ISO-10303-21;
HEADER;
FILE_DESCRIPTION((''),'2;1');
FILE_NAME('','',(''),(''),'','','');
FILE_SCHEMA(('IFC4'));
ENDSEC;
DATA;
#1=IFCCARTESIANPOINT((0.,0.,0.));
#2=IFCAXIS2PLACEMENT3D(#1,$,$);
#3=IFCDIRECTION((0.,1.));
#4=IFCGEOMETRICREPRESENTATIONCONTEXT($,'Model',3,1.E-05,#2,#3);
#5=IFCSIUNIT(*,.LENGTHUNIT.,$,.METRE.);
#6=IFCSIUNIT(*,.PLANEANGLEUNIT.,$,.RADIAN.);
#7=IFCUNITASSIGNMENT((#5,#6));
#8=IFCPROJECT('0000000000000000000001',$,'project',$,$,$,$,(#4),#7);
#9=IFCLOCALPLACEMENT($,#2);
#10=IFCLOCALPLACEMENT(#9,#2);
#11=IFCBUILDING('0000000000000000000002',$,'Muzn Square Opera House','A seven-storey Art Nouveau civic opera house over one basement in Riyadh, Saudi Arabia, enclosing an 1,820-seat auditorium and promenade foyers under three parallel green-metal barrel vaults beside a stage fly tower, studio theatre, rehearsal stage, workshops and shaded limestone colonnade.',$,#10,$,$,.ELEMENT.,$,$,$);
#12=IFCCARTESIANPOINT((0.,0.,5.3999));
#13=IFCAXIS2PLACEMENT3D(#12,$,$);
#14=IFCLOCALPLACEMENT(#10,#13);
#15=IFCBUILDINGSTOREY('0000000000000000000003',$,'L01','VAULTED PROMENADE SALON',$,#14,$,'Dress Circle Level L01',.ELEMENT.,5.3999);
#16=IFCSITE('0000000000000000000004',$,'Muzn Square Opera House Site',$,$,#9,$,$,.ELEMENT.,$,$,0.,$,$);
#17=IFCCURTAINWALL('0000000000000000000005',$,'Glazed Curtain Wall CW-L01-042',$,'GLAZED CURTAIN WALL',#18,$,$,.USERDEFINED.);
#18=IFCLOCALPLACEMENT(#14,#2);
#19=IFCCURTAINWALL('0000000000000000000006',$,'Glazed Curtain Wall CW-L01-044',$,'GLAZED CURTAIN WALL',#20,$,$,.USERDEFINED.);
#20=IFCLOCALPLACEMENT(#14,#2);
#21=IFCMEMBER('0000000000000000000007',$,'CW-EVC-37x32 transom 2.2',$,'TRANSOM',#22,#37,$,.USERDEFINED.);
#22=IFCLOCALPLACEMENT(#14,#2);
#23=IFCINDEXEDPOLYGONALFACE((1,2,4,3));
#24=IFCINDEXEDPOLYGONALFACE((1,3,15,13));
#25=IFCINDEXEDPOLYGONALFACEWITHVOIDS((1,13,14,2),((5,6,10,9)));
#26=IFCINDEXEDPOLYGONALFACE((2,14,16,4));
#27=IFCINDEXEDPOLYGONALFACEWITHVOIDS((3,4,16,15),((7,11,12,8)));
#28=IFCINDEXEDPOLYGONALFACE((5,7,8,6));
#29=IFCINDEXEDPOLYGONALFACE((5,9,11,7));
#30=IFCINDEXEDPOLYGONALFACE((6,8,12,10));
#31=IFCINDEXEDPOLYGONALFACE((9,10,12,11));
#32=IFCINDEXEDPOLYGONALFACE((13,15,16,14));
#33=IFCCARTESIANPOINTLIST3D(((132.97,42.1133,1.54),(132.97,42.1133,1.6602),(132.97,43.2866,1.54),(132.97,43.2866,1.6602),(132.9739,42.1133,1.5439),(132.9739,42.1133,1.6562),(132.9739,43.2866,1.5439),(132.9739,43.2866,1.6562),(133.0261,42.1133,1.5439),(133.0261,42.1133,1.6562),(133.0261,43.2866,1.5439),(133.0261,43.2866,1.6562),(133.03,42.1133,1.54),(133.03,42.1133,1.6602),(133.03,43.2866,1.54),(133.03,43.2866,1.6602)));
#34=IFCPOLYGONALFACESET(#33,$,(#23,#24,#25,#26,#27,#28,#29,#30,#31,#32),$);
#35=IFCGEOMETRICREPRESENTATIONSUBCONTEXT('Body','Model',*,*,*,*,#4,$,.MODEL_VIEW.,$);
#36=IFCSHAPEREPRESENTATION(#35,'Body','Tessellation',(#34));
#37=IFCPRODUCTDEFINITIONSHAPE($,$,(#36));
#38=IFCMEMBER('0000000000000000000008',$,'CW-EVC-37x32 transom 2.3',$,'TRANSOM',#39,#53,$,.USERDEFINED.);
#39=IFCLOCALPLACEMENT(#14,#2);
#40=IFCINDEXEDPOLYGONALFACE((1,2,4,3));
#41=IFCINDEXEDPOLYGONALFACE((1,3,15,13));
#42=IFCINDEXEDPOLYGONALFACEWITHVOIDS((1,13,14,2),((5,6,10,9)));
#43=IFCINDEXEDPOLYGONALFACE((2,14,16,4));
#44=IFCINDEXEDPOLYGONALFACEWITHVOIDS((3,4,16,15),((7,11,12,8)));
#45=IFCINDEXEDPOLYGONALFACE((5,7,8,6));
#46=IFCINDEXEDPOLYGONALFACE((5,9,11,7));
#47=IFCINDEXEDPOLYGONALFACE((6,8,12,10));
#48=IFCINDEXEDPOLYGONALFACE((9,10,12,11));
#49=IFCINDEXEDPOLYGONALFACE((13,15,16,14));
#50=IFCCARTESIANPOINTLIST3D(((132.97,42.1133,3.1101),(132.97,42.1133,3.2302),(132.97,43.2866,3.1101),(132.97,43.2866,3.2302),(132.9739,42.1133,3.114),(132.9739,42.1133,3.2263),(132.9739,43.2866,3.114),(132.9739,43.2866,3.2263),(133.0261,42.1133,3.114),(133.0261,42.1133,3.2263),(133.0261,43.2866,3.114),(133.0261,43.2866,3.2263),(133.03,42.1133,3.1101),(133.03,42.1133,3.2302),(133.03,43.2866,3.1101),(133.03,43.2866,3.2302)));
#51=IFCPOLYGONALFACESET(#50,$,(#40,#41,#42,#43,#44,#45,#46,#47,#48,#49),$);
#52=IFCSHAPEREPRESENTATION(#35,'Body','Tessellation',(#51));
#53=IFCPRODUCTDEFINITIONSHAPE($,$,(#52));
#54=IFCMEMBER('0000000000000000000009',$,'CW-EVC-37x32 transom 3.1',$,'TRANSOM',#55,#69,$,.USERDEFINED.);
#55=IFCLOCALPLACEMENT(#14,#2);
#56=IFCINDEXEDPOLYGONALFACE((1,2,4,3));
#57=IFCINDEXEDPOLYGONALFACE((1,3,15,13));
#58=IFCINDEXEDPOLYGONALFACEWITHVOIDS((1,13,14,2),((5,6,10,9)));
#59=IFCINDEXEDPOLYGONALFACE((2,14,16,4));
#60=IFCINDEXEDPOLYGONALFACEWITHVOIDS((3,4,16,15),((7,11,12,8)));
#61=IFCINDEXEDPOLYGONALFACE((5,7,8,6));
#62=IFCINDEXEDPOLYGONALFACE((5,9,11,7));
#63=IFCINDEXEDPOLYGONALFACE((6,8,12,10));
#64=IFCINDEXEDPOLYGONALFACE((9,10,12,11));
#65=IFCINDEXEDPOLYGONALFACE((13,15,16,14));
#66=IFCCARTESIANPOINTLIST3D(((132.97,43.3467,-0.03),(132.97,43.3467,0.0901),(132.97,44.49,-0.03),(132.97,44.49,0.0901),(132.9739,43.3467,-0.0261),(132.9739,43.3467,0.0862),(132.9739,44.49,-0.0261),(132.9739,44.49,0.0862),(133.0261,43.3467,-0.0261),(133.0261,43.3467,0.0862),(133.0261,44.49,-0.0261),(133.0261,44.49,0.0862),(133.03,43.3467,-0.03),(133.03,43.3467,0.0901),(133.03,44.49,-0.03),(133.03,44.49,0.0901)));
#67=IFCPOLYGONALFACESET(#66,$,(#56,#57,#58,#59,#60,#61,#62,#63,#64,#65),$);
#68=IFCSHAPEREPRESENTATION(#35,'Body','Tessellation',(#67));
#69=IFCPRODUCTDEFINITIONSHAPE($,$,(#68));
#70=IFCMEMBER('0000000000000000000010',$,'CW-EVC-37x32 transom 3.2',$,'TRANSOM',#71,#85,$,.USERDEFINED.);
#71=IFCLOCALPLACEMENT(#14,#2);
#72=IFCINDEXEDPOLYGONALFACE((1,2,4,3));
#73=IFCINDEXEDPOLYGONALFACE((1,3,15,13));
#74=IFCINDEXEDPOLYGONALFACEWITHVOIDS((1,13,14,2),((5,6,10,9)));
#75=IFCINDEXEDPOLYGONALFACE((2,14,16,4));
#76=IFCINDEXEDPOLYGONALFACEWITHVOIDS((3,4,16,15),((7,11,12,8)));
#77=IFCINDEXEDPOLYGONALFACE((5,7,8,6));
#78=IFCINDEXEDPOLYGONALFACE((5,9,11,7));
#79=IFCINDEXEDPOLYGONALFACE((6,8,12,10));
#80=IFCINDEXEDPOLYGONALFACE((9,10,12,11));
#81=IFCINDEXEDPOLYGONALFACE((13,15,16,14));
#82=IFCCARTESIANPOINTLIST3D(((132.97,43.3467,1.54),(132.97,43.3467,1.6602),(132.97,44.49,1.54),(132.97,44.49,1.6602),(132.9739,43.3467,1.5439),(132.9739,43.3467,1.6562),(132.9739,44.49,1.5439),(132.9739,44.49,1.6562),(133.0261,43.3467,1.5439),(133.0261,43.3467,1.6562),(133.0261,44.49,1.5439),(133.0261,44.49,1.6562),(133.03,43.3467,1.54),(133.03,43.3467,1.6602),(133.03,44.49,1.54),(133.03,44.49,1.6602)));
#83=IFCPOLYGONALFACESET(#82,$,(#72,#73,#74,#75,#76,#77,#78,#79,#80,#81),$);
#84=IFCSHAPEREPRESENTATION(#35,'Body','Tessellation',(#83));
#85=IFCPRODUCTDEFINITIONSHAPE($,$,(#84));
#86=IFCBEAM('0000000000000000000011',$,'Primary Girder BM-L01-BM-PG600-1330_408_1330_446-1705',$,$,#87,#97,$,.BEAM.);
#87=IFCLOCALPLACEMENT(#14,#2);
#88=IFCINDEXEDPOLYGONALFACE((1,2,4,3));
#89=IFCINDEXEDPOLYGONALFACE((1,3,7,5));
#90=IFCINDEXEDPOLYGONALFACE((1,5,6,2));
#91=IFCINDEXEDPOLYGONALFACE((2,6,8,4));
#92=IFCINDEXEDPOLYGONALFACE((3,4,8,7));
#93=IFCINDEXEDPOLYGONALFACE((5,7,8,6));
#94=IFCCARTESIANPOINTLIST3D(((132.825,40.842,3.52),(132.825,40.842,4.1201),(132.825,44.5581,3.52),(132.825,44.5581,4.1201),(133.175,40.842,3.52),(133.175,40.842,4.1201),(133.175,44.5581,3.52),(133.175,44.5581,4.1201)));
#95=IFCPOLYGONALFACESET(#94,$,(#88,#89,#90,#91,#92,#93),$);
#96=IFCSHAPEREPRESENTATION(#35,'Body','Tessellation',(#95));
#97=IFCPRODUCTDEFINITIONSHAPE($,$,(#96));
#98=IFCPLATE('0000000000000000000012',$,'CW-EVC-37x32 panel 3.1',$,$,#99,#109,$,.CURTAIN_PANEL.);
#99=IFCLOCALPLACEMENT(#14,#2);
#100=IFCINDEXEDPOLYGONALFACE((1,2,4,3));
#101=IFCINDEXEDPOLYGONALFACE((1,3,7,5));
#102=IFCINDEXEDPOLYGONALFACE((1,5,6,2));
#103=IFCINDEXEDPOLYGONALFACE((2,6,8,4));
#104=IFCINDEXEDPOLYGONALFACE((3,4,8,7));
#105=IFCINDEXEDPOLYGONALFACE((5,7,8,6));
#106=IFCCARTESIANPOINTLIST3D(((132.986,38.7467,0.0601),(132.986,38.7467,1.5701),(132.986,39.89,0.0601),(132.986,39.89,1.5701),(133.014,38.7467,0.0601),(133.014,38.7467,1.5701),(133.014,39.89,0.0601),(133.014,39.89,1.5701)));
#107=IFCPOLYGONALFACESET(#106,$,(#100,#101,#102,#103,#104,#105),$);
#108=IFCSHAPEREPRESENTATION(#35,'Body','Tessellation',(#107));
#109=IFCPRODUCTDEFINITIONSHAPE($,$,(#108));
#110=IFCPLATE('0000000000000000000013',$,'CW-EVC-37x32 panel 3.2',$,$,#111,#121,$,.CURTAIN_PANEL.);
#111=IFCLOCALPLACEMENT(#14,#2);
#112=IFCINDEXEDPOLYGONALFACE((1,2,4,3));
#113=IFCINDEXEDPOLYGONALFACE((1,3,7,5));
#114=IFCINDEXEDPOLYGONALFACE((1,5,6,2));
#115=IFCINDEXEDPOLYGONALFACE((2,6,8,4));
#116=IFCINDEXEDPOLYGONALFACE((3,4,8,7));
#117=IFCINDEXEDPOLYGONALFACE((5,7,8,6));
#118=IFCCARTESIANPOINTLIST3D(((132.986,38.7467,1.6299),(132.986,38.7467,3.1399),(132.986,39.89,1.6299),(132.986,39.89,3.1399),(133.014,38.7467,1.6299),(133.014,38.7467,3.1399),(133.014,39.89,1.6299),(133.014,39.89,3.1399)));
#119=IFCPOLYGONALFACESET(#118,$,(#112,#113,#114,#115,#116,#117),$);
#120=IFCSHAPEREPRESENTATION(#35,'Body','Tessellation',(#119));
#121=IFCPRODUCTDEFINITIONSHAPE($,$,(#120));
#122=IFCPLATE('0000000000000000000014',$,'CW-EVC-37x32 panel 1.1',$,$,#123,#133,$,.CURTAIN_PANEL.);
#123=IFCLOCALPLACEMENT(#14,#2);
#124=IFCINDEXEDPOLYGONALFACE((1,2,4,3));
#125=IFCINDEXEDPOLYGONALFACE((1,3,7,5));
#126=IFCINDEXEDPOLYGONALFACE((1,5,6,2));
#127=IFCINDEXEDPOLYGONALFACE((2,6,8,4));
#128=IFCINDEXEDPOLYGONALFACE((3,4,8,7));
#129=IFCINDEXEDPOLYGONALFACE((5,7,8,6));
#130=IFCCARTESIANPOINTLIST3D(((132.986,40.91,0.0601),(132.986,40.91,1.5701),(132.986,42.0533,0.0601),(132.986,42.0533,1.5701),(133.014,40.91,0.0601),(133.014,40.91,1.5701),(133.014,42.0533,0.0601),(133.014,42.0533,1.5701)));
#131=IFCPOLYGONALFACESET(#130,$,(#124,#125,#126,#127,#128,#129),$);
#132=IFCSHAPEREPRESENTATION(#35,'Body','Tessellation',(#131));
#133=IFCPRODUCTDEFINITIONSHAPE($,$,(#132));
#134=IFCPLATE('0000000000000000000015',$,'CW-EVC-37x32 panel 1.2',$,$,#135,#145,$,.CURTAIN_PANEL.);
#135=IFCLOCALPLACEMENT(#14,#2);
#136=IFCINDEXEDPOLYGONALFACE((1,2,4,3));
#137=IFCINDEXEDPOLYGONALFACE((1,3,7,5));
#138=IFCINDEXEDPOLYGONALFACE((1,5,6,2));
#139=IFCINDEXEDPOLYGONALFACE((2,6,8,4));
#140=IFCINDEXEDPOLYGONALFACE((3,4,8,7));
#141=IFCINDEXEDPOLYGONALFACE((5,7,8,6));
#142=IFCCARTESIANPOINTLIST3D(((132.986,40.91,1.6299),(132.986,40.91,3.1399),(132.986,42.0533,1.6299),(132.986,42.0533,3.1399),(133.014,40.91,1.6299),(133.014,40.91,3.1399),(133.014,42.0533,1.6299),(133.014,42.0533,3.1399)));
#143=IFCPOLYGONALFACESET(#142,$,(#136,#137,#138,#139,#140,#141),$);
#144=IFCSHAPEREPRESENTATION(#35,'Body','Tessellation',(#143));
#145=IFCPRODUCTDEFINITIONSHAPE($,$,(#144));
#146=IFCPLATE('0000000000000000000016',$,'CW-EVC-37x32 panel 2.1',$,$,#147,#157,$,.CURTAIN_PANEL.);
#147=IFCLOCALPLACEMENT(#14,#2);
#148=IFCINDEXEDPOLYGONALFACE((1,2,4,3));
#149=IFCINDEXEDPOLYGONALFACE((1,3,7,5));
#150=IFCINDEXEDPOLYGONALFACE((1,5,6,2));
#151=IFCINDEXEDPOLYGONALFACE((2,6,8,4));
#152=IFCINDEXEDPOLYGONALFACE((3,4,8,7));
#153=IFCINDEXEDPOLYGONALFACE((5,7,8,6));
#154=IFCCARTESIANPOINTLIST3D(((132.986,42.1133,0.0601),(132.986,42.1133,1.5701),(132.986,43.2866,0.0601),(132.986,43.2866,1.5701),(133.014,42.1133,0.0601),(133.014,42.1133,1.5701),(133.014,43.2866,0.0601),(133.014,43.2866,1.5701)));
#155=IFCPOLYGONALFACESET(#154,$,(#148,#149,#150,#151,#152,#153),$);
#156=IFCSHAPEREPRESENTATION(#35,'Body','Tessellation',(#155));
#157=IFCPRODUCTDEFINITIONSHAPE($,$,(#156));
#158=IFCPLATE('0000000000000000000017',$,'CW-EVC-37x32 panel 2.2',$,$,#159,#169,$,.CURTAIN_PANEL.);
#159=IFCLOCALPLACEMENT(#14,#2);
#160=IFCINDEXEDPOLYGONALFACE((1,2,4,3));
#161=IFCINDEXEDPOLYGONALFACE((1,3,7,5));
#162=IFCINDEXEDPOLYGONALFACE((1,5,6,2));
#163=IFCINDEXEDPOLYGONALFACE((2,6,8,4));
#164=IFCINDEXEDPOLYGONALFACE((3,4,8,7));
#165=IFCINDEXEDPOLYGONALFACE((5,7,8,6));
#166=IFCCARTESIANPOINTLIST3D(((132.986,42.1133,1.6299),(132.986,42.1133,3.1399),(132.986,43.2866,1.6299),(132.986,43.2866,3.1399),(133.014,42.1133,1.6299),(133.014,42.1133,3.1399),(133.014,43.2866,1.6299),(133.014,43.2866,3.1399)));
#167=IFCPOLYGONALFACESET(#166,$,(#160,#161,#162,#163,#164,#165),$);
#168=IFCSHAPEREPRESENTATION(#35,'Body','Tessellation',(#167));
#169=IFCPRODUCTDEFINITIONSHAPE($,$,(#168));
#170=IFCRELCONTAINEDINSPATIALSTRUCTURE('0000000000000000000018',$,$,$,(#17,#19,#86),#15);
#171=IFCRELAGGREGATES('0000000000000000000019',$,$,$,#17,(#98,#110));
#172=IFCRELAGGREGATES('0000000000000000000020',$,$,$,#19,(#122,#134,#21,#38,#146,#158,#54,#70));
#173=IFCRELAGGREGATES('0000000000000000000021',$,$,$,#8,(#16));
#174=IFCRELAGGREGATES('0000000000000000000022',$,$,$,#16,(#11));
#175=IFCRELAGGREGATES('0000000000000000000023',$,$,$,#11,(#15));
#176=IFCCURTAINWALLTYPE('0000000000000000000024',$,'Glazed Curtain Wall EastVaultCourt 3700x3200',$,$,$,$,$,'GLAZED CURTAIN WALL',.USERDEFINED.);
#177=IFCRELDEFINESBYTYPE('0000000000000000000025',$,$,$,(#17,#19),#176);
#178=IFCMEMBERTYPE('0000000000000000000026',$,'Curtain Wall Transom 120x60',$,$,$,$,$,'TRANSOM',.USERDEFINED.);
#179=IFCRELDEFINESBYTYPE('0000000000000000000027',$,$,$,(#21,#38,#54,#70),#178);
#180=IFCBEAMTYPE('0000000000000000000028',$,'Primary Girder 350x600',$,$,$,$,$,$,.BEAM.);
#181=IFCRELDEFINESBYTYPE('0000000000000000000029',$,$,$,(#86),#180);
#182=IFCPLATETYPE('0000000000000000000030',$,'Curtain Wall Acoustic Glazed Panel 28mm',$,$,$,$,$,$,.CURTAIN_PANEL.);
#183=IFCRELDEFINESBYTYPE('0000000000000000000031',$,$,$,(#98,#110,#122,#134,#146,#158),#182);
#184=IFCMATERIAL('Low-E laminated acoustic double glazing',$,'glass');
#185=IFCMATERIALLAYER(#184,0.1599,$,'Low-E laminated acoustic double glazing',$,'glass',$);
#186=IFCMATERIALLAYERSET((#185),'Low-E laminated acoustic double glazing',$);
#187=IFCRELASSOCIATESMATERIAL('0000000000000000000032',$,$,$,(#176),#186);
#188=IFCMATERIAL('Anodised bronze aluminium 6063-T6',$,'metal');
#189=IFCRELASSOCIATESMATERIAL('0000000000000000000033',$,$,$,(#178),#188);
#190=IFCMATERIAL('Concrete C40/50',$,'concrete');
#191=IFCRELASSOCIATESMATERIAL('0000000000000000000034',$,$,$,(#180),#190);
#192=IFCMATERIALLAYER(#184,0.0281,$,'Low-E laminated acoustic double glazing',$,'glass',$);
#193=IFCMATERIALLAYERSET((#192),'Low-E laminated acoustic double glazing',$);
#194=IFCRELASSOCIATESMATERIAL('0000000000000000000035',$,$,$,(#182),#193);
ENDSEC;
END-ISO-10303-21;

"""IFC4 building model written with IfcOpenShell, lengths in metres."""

from ifc_helpers import new_model, si_unit, direction, frame, origin, origin_2d, place, context, subcontext, project, spatial, rectangle, hollow_rectangle, extrude, material, layer, layer_set, material_profile, profile_set, type_object, element, aggregate, save


model = new_model("IFC4")

# Units and contexts
model_context = context("Model", 3, precision=1e-05, world=origin(), true_north=direction((0.0, 1.0)))
body_context = subcontext(model_context, "Body", "Model", "MODEL_VIEW")
ifc_project = project(units=[si_unit("LENGTHUNIT", "METRE"), si_unit("PLANEANGLEUNIT", "RADIAN")], contexts=[model_context])

# Site, building, storey
site_placement = place(None, origin())
site = spatial("IfcSite", under=ifc_project, at=site_placement, Name="Muzn Square Opera House Site", CompositionType="ELEMENT", RefElevation=0.0)
building_placement = place(site_placement, origin())
building = spatial("IfcBuilding", under=site, at=building_placement, Name="Muzn Square Opera House", Description="A seven-storey Art Nouveau civic opera house over one basement in Riyadh, Saudi Arabia, enclosing an 1,820-seat auditorium and promenade foyers under three parallel green-metal barrel vaults beside a stage fly tower, studio theatre, rehearsal stage, workshops and shaded limestone colonnade.", CompositionType="ELEMENT")
storey_placement = place(building_placement, frame((0.0, 0.0, 5.3999)))
storey = spatial("IfcBuildingStorey", under=building, at=storey_placement, Name="L01", Description="VAULTED PROMENADE SALON", LongName="Dress Circle Level L01", CompositionType="ELEMENT", Elevation=5.3999)

# Curtain wall
ifc_material_1 = material(Name="Low-E laminated acoustic double glazing", Category="glass")
ifc_layer_1 = layer(ifc_material_1, 0.1599, Name="Low-E laminated acoustic double glazing", Category="glass")
ifc_layer_set_1 = layer_set([ifc_layer_1], Name="Low-E laminated acoustic double glazing")
curtain_wall_type = type_object("IfcCurtainWallType", Name="Glazed Curtain Wall EastVaultCourt 3700x3200", ElementType="GLAZED CURTAIN WALL", PredefinedType="USERDEFINED", material=ifc_layer_set_1)
curtain_wall_1_placement = place(storey_placement, origin())
curtain_wall_1 = element("IfcCurtainWall", 1, at=curtain_wall_1_placement, inside=storey, type_object=curtain_wall_type, Name="Glazed Curtain Wall CW-L01-042", ObjectType="GLAZED CURTAIN WALL", PredefinedType="USERDEFINED")
ifc_material_2 = material(Name="Anodised bronze aluminium 6063-T6", Category="metal")

# Curtain wall
curtain_wall_2_placement = place(storey_placement, origin())
curtain_wall_2 = element("IfcCurtainWall", 2, at=curtain_wall_2_placement, inside=storey, type_object=curtain_wall_type, Name="Glazed Curtain Wall CW-L01-044", ObjectType="GLAZED CURTAIN WALL", PredefinedType="USERDEFINED")

# Members
ifc_material_profile_1 = material_profile(ifc_material_2, hollow_rectangle(XDim=0.0601, YDim=0.1201, WallThickness=0.0039, at=origin_2d()), Name="ALU 120x60x4", Category="metal")
ifc_profile_set_1 = profile_set([ifc_material_profile_1], Name="Anodised bronze aluminium 6063-T6")
member_type_1 = type_object("IfcMemberType", Name="Curtain Wall Transom 120x60", ElementType="TRANSOM", PredefinedType="USERDEFINED", material=ifc_profile_set_1)
member_1_placement = place(storey_placement, frame((133.0, 42.1133, 1.6001), z_axis=(0.0, 1.0, 0.0), x_axis=(-1.0, 0.0, 0.0)))
member_1 = element("IfcMember", 3, at=member_1_placement, type_object=member_type_1, Name="CW-EVC-37x32 transom 2.2", ObjectType="TRANSOM", PredefinedType="USERDEFINED", context=body_context, shape_type="SweptSolid", body=[
    extrude(hollow_rectangle(XDim=0.0601, YDim=0.1201, WallThickness=0.0039, at=origin_2d()), origin(), (0.0, 0.0, 1.0), 1.1733),
])
member_2_placement = place(storey_placement, frame((133.0, 42.1133, 3.1702), z_axis=(0.0, 1.0, 0.0), x_axis=(-1.0, 0.0, 0.0)))
member_2 = element("IfcMember", 4, at=member_2_placement, type_object=member_type_1, Name="CW-EVC-37x32 transom 2.3", ObjectType="TRANSOM", PredefinedType="USERDEFINED", context=body_context, shape_type="SweptSolid", body=[
    extrude(hollow_rectangle(XDim=0.0601, YDim=0.1201, WallThickness=0.0039, at=origin_2d()), origin(), (0.0, 0.0, 1.0), 1.1733),
])
member_3_placement = place(storey_placement, frame((133.0, 43.3467, 0.03), z_axis=(0.0, 1.0, 0.0), x_axis=(-1.0, 0.0, 0.0)))
member_3 = element("IfcMember", 5, at=member_3_placement, type_object=member_type_1, Name="CW-EVC-37x32 transom 3.1", ObjectType="TRANSOM", PredefinedType="USERDEFINED", context=body_context, shape_type="SweptSolid", body=[
    extrude(hollow_rectangle(XDim=0.0601, YDim=0.1201, WallThickness=0.0039, at=origin_2d()), origin(), (0.0, 0.0, 1.0), 1.1433),
])
member_4_placement = place(storey_placement, frame((133.0, 43.3467, 1.6001), z_axis=(0.0, 1.0, 0.0), x_axis=(-1.0, 0.0, 0.0)))
member_4 = element("IfcMember", 6, at=member_4_placement, type_object=member_type_1, Name="CW-EVC-37x32 transom 3.2", ObjectType="TRANSOM", PredefinedType="USERDEFINED", context=body_context, shape_type="SweptSolid", body=[
    extrude(hollow_rectangle(XDim=0.0601, YDim=0.1201, WallThickness=0.0039, at=origin_2d()), origin(), (0.0, 0.0, 1.0), 1.1433),
])

# Beam
ifc_material_3 = material(Name="Concrete C40/50", Category="concrete")
ifc_material_profile_2 = material_profile(ifc_material_3, rectangle(XDim=0.3501, YDim=0.6001, at=origin_2d()), Name="RCB 350x600", Category="concrete")
ifc_profile_set_2 = profile_set([ifc_material_profile_2], Name="Concrete C40/50")
beam_type = type_object("IfcBeamType", Name="Primary Girder 350x600", PredefinedType="BEAM", material=ifc_profile_set_2)
beam_placement = place(storey_placement, frame((133.0, 40.842, 3.8201), z_axis=(0.0, 1.0, 0.0), x_axis=(-1.0, 0.0, 0.0)))
element("IfcBeam", 7, at=beam_placement, inside=storey, type_object=beam_type, Name="Primary Girder BM-L01-BM-PG600-1330_408_1330_446-1705", PredefinedType="BEAM", context=body_context, shape_type="SweptSolid", body=[
    extrude(rectangle(XDim=0.3501, YDim=0.6001, at=origin_2d()), origin(), (0.0, 0.0, 1.0), 3.7161),
])

# Plates
ifc_layer_2 = layer(ifc_material_1, 0.0281, Name="Low-E laminated acoustic double glazing", Category="glass")
ifc_layer_set_2 = layer_set([ifc_layer_2], Name="Low-E laminated acoustic double glazing")
plate_type = type_object("IfcPlateType", Name="Curtain Wall Acoustic Glazed Panel 28mm", PredefinedType="CURTAIN_PANEL", material=ifc_layer_set_2)
plate_1_placement = place(storey_placement, frame((133.0, 39.3184, 0.0601), z_axis=(0.0, 0.0, 1.0), x_axis=(0.0, 1.0, 0.0)))
plate_1 = element("IfcPlate", 8, at=plate_1_placement, type_object=plate_type, Name="CW-EVC-37x32 panel 3.1", PredefinedType="CURTAIN_PANEL", context=body_context, shape_type="SweptSolid", body=[
    extrude(rectangle(XDim=1.1433, YDim=0.0281, at=origin_2d()), origin(), (0.0, 0.0, 1.0), 1.51),
])
plate_2_placement = place(storey_placement, frame((133.0, 39.3184, 1.6299), z_axis=(0.0, 0.0, 1.0), x_axis=(0.0, 1.0, 0.0)))
plate_2 = element("IfcPlate", 9, at=plate_2_placement, type_object=plate_type, Name="CW-EVC-37x32 panel 3.2", PredefinedType="CURTAIN_PANEL", context=body_context, shape_type="SweptSolid", body=[
    extrude(rectangle(XDim=1.1433, YDim=0.0281, at=origin_2d()), origin(), (0.0, 0.0, 1.0), 1.51),
])
aggregate(curtain_wall_1, [plate_1, plate_2])
plate_3_placement = place(storey_placement, frame((133.0, 41.4817, 0.0601), z_axis=(0.0, 0.0, 1.0), x_axis=(0.0, 1.0, 0.0)))
plate_3 = element("IfcPlate", 10, at=plate_3_placement, type_object=plate_type, Name="CW-EVC-37x32 panel 1.1", PredefinedType="CURTAIN_PANEL", context=body_context, shape_type="SweptSolid", body=[
    extrude(rectangle(XDim=1.1433, YDim=0.0281, at=origin_2d()), origin(), (0.0, 0.0, 1.0), 1.51),
])
plate_4_placement = place(storey_placement, frame((133.0, 41.4817, 1.6299), z_axis=(0.0, 0.0, 1.0), x_axis=(0.0, 1.0, 0.0)))
plate_4 = element("IfcPlate", 11, at=plate_4_placement, type_object=plate_type, Name="CW-EVC-37x32 panel 1.2", PredefinedType="CURTAIN_PANEL", context=body_context, shape_type="SweptSolid", body=[
    extrude(rectangle(XDim=1.1433, YDim=0.0281, at=origin_2d()), origin(), (0.0, 0.0, 1.0), 1.51),
])
plate_5_placement = place(storey_placement, frame((133.0, 42.7, 0.0601), z_axis=(0.0, 0.0, 1.0), x_axis=(0.0, 1.0, 0.0)))
plate_5 = element("IfcPlate", 12, at=plate_5_placement, type_object=plate_type, Name="CW-EVC-37x32 panel 2.1", PredefinedType="CURTAIN_PANEL", context=body_context, shape_type="SweptSolid", body=[
    extrude(rectangle(XDim=1.1733, YDim=0.0281, at=origin_2d()), origin(), (0.0, 0.0, 1.0), 1.51),
])
plate_6_placement = place(storey_placement, frame((133.0, 42.7, 1.6299), z_axis=(0.0, 0.0, 1.0), x_axis=(0.0, 1.0, 0.0)))
plate_6 = element("IfcPlate", 13, at=plate_6_placement, type_object=plate_type, Name="CW-EVC-37x32 panel 2.2", PredefinedType="CURTAIN_PANEL", context=body_context, shape_type="SweptSolid", body=[
    extrude(rectangle(XDim=1.1733, YDim=0.0281, at=origin_2d()), origin(), (0.0, 0.0, 1.0), 1.51),
])
aggregate(curtain_wall_2, [plate_3, plate_4, member_1, member_2, plate_5, plate_6, member_3, member_4])

save(model, "model.ifc")
